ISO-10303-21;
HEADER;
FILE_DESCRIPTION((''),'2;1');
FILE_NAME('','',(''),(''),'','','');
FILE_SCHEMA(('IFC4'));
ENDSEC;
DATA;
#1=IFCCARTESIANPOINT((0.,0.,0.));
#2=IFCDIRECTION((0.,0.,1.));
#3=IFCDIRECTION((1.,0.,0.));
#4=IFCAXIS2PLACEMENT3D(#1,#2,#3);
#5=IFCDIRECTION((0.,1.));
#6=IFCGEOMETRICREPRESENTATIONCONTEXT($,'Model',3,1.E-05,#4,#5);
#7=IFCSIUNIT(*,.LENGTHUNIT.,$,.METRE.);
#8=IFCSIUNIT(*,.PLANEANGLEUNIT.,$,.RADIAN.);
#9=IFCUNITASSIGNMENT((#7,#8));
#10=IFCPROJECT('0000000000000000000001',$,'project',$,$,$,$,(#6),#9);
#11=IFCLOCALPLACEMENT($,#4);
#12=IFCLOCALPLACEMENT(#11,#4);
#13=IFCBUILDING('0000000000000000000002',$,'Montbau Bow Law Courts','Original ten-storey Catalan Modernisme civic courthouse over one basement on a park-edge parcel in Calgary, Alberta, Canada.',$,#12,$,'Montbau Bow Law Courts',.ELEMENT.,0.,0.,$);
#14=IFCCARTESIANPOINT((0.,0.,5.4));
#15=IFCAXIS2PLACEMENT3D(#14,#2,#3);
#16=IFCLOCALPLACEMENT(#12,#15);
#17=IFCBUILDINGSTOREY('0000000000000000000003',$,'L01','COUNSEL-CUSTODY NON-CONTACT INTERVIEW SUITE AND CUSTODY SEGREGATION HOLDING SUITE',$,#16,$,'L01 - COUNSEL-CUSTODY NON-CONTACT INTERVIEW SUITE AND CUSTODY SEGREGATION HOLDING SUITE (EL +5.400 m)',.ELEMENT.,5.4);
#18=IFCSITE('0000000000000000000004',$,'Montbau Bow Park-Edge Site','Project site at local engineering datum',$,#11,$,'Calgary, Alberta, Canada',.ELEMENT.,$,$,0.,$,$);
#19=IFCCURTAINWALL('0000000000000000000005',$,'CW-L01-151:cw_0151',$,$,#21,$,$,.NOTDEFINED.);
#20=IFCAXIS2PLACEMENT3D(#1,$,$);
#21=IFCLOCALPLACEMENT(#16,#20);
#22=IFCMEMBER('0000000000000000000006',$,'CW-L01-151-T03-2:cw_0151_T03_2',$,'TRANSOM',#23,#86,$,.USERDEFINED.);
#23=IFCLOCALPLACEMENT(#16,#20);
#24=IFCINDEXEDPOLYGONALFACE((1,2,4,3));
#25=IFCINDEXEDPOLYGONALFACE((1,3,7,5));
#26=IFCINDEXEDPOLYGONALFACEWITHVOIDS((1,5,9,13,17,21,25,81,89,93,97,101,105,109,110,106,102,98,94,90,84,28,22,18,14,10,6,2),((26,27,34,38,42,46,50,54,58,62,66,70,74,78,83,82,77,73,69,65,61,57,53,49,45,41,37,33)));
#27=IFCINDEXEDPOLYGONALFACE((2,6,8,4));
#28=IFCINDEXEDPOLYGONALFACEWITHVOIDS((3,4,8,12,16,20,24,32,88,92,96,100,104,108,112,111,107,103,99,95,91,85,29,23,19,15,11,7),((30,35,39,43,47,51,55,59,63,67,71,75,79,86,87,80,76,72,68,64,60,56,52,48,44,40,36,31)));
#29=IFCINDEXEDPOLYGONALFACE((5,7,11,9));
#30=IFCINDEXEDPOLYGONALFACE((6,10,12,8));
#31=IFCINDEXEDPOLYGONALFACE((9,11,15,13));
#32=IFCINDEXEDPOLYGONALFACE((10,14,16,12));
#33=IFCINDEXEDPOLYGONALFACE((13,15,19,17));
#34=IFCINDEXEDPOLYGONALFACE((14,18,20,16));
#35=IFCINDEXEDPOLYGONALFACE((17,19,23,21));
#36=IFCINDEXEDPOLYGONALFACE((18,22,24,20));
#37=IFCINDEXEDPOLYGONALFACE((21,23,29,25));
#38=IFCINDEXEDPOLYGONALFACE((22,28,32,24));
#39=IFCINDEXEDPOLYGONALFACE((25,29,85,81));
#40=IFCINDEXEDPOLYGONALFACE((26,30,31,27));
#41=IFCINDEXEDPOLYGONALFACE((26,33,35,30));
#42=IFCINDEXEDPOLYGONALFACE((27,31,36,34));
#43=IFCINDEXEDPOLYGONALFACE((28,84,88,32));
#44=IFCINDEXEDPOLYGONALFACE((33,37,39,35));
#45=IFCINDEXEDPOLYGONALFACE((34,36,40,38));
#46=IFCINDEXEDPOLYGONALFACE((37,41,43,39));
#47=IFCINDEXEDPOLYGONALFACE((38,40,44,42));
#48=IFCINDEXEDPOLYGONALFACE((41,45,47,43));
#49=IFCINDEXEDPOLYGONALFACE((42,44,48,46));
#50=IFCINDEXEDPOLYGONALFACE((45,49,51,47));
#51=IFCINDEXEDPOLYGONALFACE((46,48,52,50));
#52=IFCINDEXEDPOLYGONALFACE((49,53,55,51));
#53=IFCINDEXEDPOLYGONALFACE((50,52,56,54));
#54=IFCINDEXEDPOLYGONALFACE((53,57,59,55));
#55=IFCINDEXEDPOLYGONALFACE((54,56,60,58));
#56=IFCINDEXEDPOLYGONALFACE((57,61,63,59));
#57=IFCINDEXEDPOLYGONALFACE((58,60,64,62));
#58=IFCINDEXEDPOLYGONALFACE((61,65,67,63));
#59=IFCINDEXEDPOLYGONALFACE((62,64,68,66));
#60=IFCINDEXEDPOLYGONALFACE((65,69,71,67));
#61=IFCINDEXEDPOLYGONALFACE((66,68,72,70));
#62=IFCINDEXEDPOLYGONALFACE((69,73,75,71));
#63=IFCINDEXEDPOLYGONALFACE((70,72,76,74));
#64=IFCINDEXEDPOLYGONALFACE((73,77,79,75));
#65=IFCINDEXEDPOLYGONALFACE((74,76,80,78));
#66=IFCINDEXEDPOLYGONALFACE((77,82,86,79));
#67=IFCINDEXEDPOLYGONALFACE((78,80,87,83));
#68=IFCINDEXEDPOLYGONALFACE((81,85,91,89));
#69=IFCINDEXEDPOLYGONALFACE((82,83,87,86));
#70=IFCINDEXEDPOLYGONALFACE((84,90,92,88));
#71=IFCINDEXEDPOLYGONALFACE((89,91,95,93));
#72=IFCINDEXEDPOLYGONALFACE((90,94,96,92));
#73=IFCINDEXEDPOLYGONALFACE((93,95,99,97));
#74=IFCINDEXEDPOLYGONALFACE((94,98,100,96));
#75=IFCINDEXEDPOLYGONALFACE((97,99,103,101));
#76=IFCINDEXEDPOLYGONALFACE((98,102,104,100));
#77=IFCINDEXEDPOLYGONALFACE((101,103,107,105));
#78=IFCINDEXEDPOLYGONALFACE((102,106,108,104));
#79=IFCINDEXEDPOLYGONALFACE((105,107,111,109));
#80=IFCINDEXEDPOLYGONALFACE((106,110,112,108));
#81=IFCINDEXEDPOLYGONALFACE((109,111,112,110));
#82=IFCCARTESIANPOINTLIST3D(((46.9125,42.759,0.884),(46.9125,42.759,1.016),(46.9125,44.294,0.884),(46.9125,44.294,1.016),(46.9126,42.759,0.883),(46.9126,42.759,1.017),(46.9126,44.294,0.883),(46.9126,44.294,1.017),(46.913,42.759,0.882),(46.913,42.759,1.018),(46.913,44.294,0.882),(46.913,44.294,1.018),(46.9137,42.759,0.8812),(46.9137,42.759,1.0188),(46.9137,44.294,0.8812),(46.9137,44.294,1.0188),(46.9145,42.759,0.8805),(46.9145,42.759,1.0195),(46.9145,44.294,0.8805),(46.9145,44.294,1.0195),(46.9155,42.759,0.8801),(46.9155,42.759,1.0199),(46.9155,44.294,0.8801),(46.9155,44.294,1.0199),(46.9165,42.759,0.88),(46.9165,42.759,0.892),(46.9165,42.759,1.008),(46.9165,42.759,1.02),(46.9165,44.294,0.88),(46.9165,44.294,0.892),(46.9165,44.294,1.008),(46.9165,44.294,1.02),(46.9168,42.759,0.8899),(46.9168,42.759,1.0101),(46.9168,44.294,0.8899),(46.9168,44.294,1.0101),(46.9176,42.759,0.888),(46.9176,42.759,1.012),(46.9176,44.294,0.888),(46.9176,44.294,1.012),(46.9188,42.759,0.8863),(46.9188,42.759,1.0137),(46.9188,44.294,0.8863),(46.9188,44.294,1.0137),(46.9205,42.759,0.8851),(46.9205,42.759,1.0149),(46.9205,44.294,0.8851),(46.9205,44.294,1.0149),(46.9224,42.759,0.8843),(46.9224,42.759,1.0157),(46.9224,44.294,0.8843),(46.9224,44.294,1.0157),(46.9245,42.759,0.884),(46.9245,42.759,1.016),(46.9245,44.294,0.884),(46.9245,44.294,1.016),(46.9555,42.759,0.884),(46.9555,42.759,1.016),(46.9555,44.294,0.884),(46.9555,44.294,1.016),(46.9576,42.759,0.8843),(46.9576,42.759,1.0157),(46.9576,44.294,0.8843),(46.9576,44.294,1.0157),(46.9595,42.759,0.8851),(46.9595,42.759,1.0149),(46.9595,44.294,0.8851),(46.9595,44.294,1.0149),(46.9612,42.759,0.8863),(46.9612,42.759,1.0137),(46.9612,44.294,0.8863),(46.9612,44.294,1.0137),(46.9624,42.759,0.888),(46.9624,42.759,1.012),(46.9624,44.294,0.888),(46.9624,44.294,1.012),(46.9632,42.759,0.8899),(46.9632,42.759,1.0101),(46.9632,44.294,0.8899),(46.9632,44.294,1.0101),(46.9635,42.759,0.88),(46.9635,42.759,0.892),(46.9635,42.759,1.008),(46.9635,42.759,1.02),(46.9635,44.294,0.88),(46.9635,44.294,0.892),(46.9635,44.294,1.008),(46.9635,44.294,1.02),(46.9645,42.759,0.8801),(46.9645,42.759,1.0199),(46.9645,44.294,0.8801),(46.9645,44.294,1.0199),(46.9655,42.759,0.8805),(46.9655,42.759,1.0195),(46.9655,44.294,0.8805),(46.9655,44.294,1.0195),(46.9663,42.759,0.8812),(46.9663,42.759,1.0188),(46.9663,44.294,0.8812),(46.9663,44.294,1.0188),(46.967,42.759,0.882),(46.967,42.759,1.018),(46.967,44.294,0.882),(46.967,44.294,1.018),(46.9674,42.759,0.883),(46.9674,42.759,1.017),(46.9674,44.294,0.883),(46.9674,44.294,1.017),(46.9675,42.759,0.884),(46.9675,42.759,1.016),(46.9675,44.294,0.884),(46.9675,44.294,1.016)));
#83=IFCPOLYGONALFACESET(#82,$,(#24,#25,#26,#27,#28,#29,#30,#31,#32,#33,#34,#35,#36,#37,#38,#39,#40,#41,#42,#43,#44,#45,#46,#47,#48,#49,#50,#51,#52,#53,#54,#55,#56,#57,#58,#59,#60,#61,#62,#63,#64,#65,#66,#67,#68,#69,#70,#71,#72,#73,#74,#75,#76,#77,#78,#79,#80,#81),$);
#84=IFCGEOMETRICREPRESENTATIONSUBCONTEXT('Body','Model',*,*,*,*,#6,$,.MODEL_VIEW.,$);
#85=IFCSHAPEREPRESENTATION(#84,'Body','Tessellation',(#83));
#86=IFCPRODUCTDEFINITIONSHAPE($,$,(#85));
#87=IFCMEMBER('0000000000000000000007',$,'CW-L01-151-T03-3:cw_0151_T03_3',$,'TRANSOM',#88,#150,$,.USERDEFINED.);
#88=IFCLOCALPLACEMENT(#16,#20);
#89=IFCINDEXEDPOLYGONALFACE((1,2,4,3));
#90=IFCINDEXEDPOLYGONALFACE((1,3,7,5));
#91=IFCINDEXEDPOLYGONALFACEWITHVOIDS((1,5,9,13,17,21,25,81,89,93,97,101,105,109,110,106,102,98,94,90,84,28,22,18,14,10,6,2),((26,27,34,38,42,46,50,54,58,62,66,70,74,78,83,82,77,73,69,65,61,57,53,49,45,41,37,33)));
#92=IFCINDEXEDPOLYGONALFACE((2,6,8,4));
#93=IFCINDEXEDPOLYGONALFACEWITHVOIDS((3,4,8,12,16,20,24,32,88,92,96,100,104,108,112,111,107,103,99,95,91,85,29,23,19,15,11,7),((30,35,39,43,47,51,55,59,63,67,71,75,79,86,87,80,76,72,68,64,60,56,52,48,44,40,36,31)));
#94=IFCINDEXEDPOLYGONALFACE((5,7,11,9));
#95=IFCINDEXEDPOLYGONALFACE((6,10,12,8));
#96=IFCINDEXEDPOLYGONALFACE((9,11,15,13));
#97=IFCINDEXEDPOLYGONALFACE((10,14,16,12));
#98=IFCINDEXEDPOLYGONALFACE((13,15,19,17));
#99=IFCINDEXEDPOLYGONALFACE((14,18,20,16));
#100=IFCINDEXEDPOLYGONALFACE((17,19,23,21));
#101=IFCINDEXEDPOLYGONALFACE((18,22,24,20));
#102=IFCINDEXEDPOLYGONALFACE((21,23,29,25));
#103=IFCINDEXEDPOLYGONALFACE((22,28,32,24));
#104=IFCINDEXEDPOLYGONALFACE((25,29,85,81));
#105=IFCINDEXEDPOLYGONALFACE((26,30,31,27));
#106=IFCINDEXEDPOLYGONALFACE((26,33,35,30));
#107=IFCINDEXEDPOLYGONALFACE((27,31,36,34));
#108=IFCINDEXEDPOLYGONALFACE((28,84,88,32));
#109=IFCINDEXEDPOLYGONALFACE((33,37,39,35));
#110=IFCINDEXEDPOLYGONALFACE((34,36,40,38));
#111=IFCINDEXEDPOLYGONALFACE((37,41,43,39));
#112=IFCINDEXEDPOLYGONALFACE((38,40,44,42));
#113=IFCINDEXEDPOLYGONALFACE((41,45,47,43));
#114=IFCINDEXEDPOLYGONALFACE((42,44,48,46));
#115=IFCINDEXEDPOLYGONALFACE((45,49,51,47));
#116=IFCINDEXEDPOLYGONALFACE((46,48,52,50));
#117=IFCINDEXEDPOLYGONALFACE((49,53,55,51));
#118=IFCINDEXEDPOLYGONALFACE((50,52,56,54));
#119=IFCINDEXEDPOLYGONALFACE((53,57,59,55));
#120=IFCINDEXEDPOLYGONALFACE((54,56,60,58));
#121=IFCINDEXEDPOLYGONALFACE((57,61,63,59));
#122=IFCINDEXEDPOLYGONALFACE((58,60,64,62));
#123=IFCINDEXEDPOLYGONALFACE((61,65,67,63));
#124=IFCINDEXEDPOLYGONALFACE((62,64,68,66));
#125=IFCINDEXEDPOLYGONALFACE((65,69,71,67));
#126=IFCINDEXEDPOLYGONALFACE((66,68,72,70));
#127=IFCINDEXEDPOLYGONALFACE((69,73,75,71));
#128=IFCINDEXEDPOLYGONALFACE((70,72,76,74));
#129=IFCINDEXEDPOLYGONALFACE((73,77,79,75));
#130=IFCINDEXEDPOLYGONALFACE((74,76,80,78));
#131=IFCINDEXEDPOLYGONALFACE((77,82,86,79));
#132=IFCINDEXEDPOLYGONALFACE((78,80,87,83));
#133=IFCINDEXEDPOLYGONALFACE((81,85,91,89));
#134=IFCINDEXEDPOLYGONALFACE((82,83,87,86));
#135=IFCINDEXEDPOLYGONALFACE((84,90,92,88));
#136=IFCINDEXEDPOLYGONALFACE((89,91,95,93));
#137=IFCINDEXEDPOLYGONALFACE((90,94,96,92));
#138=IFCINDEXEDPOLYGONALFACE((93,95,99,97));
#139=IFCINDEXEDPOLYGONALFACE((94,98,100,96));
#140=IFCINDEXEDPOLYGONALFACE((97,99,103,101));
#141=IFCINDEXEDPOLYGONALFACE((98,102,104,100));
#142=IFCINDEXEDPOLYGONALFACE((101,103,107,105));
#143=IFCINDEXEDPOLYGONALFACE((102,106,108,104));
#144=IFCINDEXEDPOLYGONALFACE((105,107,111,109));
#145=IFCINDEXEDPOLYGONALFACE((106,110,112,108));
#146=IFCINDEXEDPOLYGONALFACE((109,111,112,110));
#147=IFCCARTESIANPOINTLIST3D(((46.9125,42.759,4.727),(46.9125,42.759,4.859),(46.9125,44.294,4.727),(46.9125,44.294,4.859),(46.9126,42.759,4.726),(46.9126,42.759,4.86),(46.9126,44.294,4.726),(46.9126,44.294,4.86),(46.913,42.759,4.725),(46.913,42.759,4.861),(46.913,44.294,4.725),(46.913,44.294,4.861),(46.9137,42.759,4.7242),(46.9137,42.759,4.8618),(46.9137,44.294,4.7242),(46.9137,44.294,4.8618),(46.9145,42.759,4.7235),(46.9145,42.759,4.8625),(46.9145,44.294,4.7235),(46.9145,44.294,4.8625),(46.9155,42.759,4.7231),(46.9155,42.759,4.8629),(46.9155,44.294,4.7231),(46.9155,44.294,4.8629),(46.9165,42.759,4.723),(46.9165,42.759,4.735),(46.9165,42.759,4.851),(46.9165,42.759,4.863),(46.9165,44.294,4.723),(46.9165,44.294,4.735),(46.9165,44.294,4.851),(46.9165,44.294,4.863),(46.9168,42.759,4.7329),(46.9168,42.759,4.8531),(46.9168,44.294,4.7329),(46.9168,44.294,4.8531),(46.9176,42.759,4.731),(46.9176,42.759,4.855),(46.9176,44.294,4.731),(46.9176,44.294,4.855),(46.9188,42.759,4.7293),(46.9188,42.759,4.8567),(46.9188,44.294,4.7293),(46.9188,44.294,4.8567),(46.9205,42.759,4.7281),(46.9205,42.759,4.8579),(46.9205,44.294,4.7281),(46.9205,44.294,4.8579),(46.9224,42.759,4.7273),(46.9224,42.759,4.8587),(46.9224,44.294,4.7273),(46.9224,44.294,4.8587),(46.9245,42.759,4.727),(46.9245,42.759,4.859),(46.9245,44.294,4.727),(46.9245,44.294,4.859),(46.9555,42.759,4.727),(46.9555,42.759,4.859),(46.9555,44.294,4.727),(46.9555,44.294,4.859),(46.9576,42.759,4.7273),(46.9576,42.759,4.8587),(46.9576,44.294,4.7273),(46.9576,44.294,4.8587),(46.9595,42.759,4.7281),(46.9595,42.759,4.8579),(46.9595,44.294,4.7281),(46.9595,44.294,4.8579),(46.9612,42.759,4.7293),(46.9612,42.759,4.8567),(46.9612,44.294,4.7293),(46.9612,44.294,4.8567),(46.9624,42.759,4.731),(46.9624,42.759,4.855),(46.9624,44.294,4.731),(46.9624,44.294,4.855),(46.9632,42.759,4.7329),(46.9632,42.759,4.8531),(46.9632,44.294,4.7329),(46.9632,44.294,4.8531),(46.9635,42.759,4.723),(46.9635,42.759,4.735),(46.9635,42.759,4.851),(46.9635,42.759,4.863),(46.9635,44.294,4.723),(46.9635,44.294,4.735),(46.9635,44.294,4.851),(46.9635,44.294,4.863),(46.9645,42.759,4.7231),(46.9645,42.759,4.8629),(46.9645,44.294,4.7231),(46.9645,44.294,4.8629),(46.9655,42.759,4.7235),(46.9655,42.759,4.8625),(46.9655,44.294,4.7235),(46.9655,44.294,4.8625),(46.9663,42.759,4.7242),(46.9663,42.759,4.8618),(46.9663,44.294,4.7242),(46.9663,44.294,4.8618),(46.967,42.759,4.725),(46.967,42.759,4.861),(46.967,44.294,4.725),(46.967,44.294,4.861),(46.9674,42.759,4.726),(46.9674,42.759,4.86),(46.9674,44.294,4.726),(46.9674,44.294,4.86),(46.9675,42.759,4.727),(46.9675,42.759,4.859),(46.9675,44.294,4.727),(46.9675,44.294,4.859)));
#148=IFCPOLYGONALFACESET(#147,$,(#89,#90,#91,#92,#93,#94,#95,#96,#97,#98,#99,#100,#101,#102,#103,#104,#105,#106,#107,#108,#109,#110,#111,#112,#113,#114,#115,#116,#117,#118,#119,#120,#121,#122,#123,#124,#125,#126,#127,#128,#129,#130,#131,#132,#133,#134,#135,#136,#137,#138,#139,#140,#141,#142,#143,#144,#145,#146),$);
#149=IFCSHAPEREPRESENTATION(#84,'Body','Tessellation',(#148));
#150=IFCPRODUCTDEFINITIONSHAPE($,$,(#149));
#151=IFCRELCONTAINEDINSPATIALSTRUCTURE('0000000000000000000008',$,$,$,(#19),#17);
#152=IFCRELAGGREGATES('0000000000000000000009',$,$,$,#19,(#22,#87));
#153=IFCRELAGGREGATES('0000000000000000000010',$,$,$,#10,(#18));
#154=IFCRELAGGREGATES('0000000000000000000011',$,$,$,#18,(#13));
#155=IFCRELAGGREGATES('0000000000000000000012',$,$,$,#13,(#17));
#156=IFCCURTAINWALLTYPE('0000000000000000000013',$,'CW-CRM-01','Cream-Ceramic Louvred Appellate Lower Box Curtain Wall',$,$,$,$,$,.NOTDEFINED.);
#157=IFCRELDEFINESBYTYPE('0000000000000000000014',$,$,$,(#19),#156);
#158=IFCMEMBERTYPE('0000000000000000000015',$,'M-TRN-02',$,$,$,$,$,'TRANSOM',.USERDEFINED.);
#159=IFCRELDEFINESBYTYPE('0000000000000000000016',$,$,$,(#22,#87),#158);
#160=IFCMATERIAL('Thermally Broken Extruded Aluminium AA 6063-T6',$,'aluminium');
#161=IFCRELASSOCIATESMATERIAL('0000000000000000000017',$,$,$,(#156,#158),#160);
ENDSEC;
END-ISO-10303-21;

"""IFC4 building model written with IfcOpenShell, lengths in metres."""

from ifc_helpers import new_model, si_unit, direction, frame, origin_with_axes, origin_2d_with_axis, place, context, subcontext, project, spatial, hollow_rectangle, extrude, material, material_profile, profile_set, type_object, element, aggregate, save


model = new_model("IFC4")

# Units and contexts
model_context = context("Model", 3, precision=1e-05, world=origin_with_axes(), true_north=direction((0.0, 1.0)))
body_context = subcontext(model_context, "Body", "Model", "MODEL_VIEW")
ifc_project = project(units=[si_unit("LENGTHUNIT", "METRE"), si_unit("PLANEANGLEUNIT", "RADIAN")], contexts=[model_context])

# Site, building, storey
site_placement = place(None, origin_with_axes())
site = spatial("IfcSite", under=ifc_project, at=site_placement, Name="Montbau Bow Park-Edge Site", Description="Project site at local engineering datum", LongName="Calgary, Alberta, Canada", CompositionType="ELEMENT", RefElevation=0.0)
building_placement = place(site_placement, origin_with_axes())
building = spatial("IfcBuilding", under=site, at=building_placement, Name="Montbau Bow Law Courts", Description="Original ten-storey Catalan Modernisme civic courthouse over one basement on a park-edge parcel in Calgary, Alberta, Canada.", LongName="Montbau Bow Law Courts", CompositionType="ELEMENT", ElevationOfRefHeight=0.0, ElevationOfTerrain=0.0)
storey_placement = place(building_placement, frame((0.0, 0.0, 5.4), z_axis=(0.0, 0.0, 1.0), x_axis=(1.0, 0.0, 0.0)))
storey = spatial("IfcBuildingStorey", under=building, at=storey_placement, Name="L01", Description="COUNSEL-CUSTODY NON-CONTACT INTERVIEW SUITE AND CUSTODY SEGREGATION HOLDING SUITE", LongName="L01 - COUNSEL-CUSTODY NON-CONTACT INTERVIEW SUITE AND CUSTODY SEGREGATION HOLDING SUITE (EL +5.400 m)", CompositionType="ELEMENT", Elevation=5.4)

# Curtain wall, members
ifc_material_1 = material(Name="Thermally Broken Extruded Aluminium AA 6063-T6", Category="aluminium")
curtain_wall_type_1 = type_object("IfcCurtainWallType", Name="CW-CRM-01", Description="Cream-Ceramic Louvred Appellate Lower Box Curtain Wall", PredefinedType="NOTDEFINED", material=ifc_material_1)
curtain_wall_1_placement = place(None, frame((46.94, 39.515, 5.4), z_axis=(0.0, 0.0, 1.0), x_axis=(1.0, 0.0, 0.0)))
curtain_wall_1 = element("IfcCurtainWall", 1, at=curtain_wall_1_placement, inside=storey, type_object=curtain_wall_type_1, Name="CW-L01-151:cw_0151", PredefinedType="NOTDEFINED")
ifc_material_profile_1 = material_profile(ifc_material_1, hollow_rectangle(XDim=0.055, YDim=0.14, WallThickness=0.004, InnerFilletRadius=0.008, OuterFilletRadius=0.004, at=origin_2d_with_axis()), Name="CWT-140X55", Category="Main", Priority=0)
ifc_profile_set_1 = profile_set([ifc_material_profile_1], Name="Thermally Broken Extruded Aluminium AA 6063-T6")
member_type_1 = type_object("IfcMemberType", Name="M-TRN-02", ElementType="TRANSOM", PredefinedType="USERDEFINED", material=ifc_profile_set_1)
member_1_placement = place(None, frame((46.94, 42.759, 6.35), z_axis=(0.0, 1.0, 0.0), x_axis=(-1.0, 0.0, 0.0)))
member_1 = element("IfcMember", 2, at=member_1_placement, type_object=member_type_1, Name="CW-L01-151-T03-2:cw_0151_T03_2", ObjectType="TRANSOM", PredefinedType="USERDEFINED", context=body_context, shape_type="SweptSolid", body=[
    extrude(hollow_rectangle(XDim=0.055, YDim=0.14, WallThickness=0.004, InnerFilletRadius=0.008, OuterFilletRadius=0.004, at=origin_2d_with_axis()), origin_with_axes(), (0.0, 0.0, 1.0), 1.535),
])
member_2_placement = place(None, frame((46.94, 42.759, 10.193), z_axis=(0.0, 1.0, 0.0), x_axis=(-1.0, 0.0, 0.0)))
member_2 = element("IfcMember", 3, at=member_2_placement, type_object=member_type_1, Name="CW-L01-151-T03-3:cw_0151_T03_3", ObjectType="TRANSOM", PredefinedType="USERDEFINED", context=body_context, shape_type="SweptSolid", body=[
    extrude(hollow_rectangle(XDim=0.055, YDim=0.14, WallThickness=0.004, InnerFilletRadius=0.008, OuterFilletRadius=0.004, at=origin_2d_with_axis()), origin_with_axes(), (0.0, 0.0, 1.0), 1.535),
])

aggregate(curtain_wall_1, [member_1, member_2])

save(model, "model.ifc")
